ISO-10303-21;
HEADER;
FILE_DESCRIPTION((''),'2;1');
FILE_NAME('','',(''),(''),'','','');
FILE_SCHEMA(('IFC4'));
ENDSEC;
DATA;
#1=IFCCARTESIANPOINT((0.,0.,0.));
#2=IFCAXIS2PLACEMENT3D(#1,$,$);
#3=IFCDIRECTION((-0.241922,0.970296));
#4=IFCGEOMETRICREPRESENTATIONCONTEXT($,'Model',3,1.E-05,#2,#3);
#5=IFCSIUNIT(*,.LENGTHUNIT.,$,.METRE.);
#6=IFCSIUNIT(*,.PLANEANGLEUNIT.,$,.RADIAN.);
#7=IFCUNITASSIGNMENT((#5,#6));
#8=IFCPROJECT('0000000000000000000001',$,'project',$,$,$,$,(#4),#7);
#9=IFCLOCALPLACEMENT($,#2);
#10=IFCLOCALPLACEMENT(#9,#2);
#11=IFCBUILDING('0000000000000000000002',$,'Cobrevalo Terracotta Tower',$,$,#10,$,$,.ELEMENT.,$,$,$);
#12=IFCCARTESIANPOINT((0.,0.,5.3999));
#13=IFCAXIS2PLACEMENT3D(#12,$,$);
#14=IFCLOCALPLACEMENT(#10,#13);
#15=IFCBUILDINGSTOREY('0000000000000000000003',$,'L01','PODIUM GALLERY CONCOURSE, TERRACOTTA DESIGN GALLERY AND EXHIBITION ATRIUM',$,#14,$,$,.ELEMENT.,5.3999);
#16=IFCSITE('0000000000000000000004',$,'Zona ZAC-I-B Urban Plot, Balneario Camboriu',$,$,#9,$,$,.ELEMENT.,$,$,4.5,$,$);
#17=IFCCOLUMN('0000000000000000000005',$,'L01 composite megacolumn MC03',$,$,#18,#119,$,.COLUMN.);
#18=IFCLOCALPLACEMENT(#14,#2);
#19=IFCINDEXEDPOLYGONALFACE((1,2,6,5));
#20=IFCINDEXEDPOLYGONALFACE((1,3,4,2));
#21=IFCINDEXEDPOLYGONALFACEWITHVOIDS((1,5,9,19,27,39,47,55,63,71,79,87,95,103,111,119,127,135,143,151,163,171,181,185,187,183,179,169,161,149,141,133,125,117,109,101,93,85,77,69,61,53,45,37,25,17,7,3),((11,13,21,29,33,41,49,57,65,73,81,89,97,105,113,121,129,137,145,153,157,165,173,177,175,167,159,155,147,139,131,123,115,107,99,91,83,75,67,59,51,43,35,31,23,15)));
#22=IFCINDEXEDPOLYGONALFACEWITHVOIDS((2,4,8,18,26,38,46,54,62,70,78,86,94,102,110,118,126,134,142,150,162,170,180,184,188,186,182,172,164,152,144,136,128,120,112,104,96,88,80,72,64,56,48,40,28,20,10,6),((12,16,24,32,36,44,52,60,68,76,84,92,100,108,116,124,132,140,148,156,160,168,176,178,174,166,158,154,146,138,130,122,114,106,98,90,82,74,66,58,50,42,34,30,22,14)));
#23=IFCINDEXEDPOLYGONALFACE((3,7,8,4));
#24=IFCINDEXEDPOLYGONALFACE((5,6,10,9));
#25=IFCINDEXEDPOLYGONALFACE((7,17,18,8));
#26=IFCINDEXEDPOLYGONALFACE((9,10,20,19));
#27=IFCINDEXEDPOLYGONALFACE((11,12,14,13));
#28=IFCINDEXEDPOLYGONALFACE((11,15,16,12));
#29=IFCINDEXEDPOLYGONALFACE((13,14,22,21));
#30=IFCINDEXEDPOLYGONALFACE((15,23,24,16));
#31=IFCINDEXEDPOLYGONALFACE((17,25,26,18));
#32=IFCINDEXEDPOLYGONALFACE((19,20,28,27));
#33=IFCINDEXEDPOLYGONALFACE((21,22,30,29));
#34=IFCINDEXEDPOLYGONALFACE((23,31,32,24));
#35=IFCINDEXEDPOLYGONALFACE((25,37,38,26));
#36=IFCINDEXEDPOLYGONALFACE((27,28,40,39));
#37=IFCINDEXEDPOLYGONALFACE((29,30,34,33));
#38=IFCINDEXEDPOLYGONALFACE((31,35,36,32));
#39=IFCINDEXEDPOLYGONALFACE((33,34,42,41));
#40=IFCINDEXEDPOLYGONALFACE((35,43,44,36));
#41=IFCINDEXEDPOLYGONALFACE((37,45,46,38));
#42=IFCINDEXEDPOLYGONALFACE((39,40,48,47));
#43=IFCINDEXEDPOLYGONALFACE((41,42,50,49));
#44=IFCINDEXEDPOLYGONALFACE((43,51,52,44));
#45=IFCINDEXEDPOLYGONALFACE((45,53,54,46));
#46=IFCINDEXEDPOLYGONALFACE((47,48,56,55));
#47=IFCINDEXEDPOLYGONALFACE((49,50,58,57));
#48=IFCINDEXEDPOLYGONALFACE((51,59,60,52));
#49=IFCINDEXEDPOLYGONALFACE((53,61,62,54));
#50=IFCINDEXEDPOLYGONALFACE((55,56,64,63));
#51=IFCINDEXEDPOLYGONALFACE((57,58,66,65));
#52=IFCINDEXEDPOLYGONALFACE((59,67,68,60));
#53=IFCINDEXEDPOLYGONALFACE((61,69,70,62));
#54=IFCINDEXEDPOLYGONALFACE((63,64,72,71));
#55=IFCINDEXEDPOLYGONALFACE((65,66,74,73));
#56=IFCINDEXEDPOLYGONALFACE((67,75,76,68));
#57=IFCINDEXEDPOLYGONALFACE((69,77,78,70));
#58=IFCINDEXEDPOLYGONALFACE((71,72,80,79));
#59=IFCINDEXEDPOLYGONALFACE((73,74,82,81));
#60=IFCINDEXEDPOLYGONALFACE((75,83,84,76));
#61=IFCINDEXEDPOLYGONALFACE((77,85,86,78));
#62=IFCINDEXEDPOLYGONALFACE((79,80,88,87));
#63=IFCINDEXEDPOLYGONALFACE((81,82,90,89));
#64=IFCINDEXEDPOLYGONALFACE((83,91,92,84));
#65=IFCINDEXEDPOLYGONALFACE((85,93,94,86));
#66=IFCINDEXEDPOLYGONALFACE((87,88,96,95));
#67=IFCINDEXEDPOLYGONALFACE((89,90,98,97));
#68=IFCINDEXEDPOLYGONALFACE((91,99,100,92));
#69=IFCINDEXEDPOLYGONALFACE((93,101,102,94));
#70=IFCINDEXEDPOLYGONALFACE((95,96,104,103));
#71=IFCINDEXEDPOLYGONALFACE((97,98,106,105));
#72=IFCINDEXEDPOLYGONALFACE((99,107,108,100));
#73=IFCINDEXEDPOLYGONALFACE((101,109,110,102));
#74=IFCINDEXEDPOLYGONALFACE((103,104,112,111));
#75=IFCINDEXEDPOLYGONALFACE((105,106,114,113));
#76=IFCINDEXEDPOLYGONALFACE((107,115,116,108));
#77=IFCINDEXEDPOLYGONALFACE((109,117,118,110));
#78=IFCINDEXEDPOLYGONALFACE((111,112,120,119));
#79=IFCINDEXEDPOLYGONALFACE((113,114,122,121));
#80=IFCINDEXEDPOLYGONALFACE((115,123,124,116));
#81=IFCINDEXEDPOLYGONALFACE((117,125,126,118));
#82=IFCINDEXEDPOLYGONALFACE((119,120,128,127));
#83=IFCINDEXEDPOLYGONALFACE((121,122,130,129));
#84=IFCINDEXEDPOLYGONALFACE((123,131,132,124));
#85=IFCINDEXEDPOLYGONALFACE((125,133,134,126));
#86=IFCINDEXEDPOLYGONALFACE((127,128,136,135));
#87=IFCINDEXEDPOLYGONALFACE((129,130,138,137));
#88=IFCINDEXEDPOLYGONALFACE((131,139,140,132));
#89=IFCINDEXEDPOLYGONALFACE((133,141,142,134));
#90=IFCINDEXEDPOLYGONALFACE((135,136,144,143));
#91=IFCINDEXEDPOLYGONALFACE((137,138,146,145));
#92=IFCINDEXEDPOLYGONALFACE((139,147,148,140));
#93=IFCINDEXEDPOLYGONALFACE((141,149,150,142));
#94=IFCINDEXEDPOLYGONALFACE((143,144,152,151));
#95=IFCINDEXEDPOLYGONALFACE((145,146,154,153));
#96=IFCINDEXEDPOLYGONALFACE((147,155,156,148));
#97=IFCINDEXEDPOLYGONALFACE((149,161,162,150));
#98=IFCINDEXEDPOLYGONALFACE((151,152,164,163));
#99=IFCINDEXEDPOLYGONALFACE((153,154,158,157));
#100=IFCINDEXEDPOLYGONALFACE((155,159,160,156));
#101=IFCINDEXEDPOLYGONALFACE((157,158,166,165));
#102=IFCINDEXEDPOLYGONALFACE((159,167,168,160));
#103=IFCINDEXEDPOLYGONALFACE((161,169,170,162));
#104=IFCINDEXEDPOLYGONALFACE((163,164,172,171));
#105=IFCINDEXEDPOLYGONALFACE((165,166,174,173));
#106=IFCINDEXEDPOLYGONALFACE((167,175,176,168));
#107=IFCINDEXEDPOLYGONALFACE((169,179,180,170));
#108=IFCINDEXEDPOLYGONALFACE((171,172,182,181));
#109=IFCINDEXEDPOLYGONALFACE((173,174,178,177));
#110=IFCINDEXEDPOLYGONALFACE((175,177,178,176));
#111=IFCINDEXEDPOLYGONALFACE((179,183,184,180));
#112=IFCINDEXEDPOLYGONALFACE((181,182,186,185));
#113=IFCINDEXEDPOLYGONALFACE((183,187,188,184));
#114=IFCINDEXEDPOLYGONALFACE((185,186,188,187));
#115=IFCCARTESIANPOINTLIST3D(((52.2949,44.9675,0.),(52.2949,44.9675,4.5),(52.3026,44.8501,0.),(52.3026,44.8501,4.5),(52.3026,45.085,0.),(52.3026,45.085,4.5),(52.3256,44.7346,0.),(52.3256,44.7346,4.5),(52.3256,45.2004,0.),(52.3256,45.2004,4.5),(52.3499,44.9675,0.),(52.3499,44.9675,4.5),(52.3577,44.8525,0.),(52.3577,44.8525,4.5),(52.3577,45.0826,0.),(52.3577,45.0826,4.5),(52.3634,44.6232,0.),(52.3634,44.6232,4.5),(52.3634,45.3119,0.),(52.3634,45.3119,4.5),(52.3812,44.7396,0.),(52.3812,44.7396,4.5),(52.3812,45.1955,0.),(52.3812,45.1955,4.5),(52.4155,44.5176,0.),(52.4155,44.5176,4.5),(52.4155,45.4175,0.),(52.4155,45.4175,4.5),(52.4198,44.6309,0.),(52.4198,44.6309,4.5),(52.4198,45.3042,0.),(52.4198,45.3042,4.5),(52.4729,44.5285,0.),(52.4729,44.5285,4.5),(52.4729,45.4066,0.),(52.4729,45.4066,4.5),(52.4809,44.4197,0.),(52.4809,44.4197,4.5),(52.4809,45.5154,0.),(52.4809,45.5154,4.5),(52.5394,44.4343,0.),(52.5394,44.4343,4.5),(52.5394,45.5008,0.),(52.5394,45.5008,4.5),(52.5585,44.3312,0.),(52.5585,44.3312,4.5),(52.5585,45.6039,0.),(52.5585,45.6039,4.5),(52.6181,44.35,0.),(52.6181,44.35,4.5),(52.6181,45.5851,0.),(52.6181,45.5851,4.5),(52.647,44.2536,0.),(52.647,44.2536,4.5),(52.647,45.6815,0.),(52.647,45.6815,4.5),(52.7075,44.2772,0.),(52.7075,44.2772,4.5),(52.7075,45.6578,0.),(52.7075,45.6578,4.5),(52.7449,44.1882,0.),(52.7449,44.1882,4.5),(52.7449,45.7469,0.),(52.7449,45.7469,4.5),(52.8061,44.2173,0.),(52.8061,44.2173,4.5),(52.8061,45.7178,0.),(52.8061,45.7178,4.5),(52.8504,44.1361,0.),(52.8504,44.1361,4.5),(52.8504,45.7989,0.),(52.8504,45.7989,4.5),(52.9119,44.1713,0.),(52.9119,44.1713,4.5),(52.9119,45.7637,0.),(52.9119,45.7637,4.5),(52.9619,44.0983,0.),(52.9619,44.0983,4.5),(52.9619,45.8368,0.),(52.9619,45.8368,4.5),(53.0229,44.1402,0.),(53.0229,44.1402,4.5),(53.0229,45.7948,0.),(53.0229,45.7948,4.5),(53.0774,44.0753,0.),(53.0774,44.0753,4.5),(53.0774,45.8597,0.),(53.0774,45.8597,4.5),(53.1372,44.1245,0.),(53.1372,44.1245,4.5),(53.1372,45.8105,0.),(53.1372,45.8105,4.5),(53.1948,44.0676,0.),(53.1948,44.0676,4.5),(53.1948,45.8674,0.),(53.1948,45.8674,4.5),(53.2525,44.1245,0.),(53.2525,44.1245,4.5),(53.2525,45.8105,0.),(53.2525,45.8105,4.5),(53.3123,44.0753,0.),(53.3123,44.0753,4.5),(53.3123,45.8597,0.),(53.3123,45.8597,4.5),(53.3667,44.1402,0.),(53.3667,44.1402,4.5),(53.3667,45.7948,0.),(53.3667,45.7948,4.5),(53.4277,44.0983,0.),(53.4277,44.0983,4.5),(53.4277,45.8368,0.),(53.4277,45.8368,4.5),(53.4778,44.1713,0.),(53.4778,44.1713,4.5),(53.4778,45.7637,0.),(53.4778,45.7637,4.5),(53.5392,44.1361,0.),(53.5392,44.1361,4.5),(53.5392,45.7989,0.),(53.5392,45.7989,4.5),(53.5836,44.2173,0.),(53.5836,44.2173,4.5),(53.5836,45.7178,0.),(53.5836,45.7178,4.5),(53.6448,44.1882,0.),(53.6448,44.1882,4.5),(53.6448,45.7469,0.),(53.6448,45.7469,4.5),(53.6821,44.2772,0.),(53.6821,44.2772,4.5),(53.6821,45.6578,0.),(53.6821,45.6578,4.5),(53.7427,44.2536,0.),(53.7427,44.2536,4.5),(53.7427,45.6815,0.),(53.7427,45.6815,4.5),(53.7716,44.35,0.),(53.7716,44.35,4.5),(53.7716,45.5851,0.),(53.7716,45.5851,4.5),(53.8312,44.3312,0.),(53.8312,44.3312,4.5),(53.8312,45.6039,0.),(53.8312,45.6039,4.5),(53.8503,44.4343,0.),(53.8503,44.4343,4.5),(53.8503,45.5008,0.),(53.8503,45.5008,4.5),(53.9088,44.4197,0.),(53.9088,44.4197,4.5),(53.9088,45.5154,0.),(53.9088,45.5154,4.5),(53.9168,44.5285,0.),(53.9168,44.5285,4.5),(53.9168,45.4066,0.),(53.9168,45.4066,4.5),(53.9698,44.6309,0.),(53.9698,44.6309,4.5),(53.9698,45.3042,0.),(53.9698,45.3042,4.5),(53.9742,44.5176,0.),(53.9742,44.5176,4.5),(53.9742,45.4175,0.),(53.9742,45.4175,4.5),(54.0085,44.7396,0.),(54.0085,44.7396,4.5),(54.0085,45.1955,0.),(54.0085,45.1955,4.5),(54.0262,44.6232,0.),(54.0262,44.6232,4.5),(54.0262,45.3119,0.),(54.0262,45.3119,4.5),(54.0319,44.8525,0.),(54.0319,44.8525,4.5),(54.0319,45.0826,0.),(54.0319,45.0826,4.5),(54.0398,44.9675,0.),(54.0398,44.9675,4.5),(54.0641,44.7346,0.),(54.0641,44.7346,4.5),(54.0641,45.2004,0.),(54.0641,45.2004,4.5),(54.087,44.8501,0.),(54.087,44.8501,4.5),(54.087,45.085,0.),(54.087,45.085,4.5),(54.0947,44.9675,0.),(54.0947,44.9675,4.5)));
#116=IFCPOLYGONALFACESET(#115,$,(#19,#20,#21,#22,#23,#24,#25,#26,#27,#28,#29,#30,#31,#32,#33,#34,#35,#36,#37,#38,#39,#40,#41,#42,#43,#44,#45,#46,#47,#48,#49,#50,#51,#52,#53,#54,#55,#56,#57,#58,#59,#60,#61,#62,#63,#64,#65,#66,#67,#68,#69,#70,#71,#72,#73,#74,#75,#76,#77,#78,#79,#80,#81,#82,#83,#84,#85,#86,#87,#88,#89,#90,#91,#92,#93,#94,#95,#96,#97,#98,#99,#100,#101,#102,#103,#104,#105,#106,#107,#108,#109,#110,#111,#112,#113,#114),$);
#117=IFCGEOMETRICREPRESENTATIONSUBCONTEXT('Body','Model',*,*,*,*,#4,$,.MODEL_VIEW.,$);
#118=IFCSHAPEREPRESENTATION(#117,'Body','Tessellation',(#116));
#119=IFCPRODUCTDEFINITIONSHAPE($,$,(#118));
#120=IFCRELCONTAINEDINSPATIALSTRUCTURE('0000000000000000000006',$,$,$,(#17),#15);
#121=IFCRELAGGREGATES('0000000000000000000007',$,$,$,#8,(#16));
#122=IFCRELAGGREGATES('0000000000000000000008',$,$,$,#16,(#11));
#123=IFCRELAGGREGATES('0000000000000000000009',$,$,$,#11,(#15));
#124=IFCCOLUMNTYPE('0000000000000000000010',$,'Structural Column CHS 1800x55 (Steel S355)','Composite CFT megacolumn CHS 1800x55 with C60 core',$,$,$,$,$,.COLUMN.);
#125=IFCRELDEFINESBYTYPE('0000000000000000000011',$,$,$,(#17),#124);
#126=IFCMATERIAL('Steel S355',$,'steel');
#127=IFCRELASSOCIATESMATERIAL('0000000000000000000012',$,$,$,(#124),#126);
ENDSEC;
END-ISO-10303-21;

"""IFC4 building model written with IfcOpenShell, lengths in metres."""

from ifc_helpers import new_model, si_unit, direction, frame, origin, origin_2d, place, context, subcontext, project, spatial, hollow_circle, extrude, material, material_profile, profile_set, type_object, element, save


model = new_model("IFC4")

# Units and contexts
model_context = context("Model", 3, precision=1e-05, world=origin(), true_north=direction((-0.241922, 0.970296)))
body_context = subcontext(model_context, "Body", "Model", "MODEL_VIEW")
ifc_project = project(units=[si_unit("LENGTHUNIT", "METRE"), si_unit("PLANEANGLEUNIT", "RADIAN")], contexts=[model_context])

# Site, building, storey
site_placement = place(None, origin())
site = spatial("IfcSite", under=ifc_project, at=site_placement, Name="Zona ZAC-I-B Urban Plot, Balneario Camboriu", CompositionType="ELEMENT", RefElevation=4.5)
building_placement = place(site_placement, origin())
building = spatial("IfcBuilding", under=site, at=building_placement, Name="Cobrevalo Terracotta Tower", CompositionType="ELEMENT")
storey_placement = place(building_placement, frame((0.0, 0.0, 5.3999)))
storey = spatial("IfcBuildingStorey", under=building, at=storey_placement, Name="L01", Description="PODIUM GALLERY CONCOURSE, TERRACOTTA DESIGN GALLERY AND EXHIBITION ATRIUM", CompositionType="ELEMENT", Elevation=5.3999)

# Column
ifc_material_1 = material(Name="Steel S355", Category="steel")
ifc_material_profile_1 = material_profile(ifc_material_1, hollow_circle(Radius=0.8999, WallThickness=0.0549, at=origin_2d()), Name="CHS 1800x55")
ifc_profile_set_1 = profile_set([ifc_material_profile_1], Name="Steel S355")
column_type_1 = type_object("IfcColumnType", Name="Structural Column CHS 1800x55 (Steel S355)", Description="Composite CFT megacolumn CHS 1800x55 with C60 core", PredefinedType="COLUMN", material=ifc_profile_set_1)
for number, where, z_axis, x_axis, name in (
    (1, (53.1948, 44.9675, 0.0), (0.0, 0.0, 1.0), (1.0, 0.0, 0.0), "L01 composite megacolumn MC03"),
):
    element("IfcColumn", number, at=place(storey_placement, frame(where, z_axis=z_axis, x_axis=x_axis)), inside=storey, type_object=column_type_1, Name=name, PredefinedType="COLUMN", context=body_context, shape_type="SweptSolid", body=[
        extrude(hollow_circle(Radius=0.8999, WallThickness=0.0549, at=origin_2d()), origin(), (0.0, 0.0, 1.0), 4.5),
    ])

save(model, "model.ifc")
